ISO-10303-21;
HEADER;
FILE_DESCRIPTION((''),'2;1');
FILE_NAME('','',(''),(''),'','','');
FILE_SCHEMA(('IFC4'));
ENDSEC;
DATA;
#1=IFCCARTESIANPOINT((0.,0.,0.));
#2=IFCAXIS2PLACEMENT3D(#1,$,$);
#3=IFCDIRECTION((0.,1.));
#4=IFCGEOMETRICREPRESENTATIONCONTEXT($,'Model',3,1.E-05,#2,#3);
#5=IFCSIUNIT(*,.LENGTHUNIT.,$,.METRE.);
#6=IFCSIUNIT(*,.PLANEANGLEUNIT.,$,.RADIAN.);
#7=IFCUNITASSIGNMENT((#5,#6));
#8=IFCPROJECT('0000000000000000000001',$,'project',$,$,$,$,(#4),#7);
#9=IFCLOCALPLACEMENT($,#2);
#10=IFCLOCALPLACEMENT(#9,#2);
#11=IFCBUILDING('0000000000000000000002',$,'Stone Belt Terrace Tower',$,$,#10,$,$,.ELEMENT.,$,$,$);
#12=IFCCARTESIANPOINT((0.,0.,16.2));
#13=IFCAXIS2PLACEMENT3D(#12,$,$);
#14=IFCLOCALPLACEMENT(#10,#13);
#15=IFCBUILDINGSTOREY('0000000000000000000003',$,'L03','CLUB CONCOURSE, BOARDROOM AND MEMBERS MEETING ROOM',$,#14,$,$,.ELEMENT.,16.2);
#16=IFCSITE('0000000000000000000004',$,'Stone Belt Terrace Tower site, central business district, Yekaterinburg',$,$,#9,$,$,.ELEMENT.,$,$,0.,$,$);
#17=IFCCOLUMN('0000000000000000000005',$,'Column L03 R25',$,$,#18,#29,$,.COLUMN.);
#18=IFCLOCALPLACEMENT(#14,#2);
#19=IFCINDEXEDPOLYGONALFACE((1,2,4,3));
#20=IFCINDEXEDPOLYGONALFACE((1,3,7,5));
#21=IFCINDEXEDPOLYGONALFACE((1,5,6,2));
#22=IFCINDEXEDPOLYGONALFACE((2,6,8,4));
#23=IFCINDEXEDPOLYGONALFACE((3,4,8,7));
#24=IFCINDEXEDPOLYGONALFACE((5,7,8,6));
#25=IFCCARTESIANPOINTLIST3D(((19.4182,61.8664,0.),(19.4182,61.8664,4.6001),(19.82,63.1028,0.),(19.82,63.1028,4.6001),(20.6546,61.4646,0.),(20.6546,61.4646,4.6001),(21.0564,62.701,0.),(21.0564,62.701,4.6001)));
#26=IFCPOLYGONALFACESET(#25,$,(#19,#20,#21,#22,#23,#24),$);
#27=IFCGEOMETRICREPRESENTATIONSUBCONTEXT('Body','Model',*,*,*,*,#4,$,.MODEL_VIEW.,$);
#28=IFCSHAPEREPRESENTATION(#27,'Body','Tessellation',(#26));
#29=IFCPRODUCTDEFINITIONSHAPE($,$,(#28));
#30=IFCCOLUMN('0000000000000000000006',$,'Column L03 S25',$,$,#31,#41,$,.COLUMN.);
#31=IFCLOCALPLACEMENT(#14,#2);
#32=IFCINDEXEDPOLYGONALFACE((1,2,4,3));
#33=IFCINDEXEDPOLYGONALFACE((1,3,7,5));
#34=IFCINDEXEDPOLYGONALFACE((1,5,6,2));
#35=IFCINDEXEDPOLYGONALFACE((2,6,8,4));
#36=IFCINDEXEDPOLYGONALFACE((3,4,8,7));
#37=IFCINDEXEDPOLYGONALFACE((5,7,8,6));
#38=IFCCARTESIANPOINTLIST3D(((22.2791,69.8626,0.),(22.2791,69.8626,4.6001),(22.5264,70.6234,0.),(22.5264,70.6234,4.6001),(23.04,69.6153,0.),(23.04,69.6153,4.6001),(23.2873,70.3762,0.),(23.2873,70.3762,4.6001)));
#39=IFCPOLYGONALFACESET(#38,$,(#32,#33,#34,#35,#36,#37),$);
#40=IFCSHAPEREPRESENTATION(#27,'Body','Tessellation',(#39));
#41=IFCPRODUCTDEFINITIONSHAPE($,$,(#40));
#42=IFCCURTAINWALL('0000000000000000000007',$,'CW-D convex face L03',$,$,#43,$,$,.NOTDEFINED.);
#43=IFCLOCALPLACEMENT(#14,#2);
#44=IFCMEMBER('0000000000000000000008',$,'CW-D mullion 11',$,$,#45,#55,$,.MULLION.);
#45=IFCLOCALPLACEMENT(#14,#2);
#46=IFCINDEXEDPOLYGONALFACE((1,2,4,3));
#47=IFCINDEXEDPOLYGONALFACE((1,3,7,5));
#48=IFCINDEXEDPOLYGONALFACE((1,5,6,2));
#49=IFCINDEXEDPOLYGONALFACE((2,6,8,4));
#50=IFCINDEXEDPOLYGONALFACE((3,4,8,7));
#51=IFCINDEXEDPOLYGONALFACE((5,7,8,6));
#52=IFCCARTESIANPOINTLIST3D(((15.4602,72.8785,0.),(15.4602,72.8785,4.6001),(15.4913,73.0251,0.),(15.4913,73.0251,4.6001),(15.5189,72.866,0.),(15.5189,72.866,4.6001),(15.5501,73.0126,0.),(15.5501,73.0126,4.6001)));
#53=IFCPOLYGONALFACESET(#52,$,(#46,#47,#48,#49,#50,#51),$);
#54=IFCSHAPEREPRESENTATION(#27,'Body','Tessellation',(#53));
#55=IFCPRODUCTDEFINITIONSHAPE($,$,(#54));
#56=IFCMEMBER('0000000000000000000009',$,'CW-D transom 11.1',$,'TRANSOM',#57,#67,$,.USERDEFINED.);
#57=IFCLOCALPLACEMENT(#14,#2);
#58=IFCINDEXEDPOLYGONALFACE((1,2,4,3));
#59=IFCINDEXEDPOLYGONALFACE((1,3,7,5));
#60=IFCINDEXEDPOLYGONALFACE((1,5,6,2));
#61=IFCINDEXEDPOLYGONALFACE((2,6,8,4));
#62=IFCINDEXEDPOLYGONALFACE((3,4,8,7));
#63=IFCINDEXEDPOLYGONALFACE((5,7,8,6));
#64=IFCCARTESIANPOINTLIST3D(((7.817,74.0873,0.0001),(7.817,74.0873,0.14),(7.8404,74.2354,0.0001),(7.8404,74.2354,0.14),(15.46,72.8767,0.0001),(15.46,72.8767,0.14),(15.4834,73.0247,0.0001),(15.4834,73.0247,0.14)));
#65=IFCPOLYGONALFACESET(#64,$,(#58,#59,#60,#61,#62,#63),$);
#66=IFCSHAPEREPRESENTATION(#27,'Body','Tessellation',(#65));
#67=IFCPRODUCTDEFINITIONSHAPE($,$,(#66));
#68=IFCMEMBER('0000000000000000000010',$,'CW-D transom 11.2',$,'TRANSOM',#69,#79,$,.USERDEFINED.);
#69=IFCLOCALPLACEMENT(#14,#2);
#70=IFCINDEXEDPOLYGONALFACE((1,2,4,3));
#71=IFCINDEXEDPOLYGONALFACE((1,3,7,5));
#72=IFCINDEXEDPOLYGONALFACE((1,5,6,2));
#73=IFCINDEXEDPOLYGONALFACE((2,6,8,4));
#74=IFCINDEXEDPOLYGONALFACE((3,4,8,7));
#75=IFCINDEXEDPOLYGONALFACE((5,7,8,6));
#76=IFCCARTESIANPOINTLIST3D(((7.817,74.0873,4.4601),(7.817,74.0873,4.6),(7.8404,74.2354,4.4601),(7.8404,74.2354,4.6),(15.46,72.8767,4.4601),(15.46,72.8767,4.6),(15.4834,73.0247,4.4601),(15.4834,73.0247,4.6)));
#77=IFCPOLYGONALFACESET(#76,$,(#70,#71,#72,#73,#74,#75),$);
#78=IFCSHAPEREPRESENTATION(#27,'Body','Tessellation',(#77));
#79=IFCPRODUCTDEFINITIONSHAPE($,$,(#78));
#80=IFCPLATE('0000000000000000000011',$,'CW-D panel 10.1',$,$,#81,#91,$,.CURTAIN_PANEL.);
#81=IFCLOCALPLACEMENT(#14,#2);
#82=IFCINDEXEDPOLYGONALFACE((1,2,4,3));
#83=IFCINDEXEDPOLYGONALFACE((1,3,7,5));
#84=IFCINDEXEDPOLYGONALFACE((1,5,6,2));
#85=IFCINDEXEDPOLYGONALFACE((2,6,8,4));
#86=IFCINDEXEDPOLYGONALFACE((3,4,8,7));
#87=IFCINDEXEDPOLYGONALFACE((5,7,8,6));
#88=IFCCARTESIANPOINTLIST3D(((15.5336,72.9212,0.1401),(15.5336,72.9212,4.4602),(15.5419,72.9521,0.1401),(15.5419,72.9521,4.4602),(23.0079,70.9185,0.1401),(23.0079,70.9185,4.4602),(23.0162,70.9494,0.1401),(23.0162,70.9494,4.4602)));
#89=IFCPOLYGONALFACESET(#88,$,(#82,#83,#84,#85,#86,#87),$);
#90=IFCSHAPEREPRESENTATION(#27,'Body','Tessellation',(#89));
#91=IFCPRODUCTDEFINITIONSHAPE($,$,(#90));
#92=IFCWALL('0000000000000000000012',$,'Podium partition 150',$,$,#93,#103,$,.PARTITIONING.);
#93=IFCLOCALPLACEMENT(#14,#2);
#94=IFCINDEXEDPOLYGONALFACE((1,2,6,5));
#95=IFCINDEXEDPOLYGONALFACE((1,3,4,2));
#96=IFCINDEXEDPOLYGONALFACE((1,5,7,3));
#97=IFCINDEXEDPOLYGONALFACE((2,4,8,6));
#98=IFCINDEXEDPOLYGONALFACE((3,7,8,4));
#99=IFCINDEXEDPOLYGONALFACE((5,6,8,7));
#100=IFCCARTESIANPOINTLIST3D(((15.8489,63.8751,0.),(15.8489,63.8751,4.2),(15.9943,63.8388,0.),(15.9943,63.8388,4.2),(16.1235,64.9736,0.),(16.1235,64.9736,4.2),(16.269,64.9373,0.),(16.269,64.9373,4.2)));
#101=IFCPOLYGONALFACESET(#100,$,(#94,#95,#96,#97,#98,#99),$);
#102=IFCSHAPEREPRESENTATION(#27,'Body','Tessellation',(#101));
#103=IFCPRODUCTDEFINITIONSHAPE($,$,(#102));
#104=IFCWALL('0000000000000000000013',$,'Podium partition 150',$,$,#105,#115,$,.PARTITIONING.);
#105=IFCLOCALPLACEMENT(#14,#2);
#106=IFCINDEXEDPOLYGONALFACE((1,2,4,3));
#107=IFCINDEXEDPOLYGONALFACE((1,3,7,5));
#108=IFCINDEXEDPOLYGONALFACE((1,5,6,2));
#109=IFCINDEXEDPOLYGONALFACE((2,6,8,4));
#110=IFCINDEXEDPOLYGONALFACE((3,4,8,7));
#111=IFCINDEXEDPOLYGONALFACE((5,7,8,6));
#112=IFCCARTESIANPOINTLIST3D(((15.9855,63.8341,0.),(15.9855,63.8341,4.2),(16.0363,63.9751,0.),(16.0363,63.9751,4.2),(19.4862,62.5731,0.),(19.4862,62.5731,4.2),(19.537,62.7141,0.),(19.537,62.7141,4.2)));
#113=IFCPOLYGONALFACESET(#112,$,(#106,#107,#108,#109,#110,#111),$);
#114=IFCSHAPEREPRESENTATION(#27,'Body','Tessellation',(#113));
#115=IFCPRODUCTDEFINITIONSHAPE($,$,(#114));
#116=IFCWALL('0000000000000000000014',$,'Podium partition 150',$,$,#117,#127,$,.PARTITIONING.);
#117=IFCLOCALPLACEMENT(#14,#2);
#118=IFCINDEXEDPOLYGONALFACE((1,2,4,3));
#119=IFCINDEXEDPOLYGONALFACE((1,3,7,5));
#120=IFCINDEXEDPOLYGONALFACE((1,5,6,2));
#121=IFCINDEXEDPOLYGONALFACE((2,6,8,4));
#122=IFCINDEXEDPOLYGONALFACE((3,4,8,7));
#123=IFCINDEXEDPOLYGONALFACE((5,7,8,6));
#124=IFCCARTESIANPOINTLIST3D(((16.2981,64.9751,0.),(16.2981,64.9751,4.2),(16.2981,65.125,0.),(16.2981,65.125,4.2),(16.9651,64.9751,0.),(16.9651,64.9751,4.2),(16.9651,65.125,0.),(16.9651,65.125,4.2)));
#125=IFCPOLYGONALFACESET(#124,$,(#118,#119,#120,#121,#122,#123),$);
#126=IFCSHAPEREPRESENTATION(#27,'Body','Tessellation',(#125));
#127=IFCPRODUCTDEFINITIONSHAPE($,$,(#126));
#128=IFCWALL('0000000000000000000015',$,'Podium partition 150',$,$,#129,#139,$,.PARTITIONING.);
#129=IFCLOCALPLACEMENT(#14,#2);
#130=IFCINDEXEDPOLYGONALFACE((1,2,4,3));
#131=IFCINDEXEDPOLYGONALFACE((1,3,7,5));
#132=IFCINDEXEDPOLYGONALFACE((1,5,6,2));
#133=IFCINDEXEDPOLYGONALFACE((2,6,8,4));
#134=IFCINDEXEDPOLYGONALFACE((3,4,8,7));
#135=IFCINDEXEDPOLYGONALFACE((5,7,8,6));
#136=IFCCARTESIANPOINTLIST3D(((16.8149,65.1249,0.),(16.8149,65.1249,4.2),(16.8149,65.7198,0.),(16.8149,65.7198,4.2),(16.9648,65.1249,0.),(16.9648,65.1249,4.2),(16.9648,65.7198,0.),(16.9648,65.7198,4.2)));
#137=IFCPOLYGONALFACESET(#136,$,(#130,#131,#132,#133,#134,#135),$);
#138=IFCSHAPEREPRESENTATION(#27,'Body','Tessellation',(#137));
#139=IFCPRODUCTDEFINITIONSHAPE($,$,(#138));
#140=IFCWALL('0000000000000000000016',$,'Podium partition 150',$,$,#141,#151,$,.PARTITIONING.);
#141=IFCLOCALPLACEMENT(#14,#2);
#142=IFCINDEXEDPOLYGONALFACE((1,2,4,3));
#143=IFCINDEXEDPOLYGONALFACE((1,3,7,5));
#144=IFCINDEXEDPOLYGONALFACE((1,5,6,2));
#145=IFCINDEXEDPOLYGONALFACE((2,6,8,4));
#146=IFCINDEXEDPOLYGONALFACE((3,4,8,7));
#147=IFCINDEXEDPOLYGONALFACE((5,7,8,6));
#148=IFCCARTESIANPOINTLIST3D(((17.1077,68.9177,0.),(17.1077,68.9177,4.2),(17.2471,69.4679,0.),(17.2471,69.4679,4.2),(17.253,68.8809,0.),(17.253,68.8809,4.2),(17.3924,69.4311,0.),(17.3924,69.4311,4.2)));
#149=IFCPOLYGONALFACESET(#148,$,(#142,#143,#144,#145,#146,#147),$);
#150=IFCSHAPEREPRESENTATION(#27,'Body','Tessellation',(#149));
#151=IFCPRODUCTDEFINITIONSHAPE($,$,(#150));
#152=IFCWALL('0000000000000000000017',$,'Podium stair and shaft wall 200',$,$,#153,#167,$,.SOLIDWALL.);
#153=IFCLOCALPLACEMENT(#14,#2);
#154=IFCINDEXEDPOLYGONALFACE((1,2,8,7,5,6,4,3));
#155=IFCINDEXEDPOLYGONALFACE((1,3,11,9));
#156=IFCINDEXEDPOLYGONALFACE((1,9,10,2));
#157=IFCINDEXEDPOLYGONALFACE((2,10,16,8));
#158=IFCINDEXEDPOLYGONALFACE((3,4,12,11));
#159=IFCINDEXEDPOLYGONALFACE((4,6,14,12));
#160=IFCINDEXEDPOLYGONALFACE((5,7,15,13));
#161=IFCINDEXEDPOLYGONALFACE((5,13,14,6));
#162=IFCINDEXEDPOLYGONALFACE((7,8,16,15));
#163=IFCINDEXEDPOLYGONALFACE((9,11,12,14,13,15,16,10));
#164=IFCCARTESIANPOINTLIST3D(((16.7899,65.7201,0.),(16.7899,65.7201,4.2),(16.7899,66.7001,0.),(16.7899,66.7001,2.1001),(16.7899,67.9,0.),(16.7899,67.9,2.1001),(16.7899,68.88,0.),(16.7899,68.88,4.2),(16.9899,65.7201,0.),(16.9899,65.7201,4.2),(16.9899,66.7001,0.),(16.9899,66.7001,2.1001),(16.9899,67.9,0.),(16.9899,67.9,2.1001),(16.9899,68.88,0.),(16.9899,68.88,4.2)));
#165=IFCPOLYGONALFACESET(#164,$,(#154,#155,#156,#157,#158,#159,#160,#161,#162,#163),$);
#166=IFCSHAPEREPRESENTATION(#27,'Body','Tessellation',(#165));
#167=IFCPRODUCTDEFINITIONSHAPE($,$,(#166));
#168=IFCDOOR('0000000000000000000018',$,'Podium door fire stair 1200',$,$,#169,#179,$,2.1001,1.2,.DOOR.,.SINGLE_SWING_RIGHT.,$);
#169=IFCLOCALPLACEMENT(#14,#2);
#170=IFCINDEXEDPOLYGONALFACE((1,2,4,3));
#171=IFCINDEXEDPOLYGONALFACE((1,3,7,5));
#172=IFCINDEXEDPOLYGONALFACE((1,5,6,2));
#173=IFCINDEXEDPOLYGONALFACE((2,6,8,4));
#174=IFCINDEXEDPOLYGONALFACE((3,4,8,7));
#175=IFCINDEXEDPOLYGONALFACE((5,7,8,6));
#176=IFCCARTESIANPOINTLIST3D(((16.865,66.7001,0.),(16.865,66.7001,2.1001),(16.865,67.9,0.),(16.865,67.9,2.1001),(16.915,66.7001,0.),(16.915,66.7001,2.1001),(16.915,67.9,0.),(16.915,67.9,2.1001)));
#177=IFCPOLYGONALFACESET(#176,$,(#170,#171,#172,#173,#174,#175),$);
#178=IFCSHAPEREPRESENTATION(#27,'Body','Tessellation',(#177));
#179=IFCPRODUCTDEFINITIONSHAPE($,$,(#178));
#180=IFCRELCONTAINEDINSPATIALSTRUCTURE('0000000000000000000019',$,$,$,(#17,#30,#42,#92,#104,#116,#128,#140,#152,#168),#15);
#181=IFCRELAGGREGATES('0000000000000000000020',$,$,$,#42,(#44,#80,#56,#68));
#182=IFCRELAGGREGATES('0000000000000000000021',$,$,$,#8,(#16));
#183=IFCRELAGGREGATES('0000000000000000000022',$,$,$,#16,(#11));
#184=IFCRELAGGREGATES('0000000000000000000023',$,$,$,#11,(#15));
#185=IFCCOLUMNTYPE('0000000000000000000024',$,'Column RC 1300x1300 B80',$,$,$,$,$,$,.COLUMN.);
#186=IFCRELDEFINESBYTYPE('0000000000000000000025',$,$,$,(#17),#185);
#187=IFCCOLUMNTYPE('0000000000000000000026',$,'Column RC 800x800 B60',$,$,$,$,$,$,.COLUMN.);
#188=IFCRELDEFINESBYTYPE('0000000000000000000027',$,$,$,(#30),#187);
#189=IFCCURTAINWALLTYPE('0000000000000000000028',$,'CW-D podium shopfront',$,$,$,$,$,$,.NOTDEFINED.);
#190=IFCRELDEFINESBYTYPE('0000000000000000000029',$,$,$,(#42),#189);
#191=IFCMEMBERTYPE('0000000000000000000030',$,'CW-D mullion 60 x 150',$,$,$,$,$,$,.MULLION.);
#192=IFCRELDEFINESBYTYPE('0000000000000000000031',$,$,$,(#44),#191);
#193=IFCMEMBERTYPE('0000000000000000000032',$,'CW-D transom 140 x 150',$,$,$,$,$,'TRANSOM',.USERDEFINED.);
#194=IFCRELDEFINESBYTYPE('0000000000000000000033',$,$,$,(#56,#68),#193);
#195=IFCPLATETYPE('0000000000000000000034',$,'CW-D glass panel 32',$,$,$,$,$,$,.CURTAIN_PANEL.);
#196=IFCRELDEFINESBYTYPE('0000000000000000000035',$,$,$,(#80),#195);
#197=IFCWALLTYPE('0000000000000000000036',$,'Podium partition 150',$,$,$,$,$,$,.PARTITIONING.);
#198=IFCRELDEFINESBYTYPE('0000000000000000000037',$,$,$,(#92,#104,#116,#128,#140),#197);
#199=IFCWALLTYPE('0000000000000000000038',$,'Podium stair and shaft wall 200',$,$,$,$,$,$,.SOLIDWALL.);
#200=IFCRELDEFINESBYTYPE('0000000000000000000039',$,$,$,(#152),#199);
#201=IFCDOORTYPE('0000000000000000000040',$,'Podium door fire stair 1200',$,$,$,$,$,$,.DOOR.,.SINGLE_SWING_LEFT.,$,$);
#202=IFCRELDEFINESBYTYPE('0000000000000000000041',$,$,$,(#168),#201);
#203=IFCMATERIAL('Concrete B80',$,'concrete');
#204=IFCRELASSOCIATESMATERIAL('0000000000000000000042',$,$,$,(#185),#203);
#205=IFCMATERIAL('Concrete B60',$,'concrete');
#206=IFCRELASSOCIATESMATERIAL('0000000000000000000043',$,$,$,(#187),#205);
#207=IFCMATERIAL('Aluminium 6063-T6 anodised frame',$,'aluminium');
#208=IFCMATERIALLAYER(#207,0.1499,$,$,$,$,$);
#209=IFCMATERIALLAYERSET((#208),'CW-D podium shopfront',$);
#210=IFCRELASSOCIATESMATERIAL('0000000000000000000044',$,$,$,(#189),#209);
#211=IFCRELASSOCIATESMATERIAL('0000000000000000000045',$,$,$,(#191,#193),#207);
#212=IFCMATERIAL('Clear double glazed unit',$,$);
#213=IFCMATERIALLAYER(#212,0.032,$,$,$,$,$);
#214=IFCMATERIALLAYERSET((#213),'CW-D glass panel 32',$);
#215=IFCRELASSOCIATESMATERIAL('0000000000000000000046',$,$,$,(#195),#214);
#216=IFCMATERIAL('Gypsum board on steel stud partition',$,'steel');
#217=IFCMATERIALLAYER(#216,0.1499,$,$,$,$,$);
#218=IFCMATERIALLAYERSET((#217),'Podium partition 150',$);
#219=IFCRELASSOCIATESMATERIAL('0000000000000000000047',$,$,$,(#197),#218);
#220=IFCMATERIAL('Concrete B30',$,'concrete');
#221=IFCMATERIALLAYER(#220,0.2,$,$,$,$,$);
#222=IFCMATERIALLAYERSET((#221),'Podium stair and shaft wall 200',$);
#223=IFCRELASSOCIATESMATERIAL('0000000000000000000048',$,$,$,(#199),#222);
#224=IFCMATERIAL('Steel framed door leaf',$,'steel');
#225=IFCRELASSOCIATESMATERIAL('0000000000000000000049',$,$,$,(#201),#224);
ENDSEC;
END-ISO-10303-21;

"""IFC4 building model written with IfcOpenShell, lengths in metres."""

from ifc_helpers import new_model, si_unit, direction, frame, frame_2d, origin, origin_2d, place, context, subcontext, project, spatial, rectangle, extrude, material, layer, layer_set, material_profile, profile_set, type_object, element, fill, aggregate, save


model = new_model("IFC4")

# Units and contexts
model_context = context("Model", 3, precision=1e-05, world=origin(), true_north=direction((0.0, 1.0)))
body_context = subcontext(model_context, "Body", "Model", "MODEL_VIEW")
ifc_project = project(units=[si_unit("LENGTHUNIT", "METRE"), si_unit("PLANEANGLEUNIT", "RADIAN")], contexts=[model_context])

# Site, building, storey
site_placement = place(None, origin())
site = spatial("IfcSite", under=ifc_project, at=site_placement, Name="Stone Belt Terrace Tower site, central business district, Yekaterinburg", CompositionType="ELEMENT", RefElevation=0.0)
building_placement = place(site_placement, origin())
building = spatial("IfcBuilding", under=site, at=building_placement, Name="Stone Belt Terrace Tower", CompositionType="ELEMENT")
storey_placement = place(building_placement, frame((0.0, 0.0, 16.2)))
storey = spatial("IfcBuildingStorey", under=building, at=storey_placement, Name="L03", Description="CLUB CONCOURSE, BOARDROOM AND MEMBERS MEETING ROOM", CompositionType="ELEMENT", Elevation=16.2)

# Columns
ifc_material_1 = material(Name="Concrete B80", Category="concrete")
ifc_material_profile_1 = material_profile(ifc_material_1, rectangle(XDim=1.3, YDim=1.3, at=origin_2d()), Name="RC 1300x1300")
ifc_profile_set_1 = profile_set([ifc_material_profile_1], Name="Concrete B80")
column_type_1 = type_object("IfcColumnType", Name="Column RC 1300x1300 B80", PredefinedType="COLUMN", material=ifc_profile_set_1)
column_1_placement = place(storey_placement, frame((20.2373, 62.2837, 0.0), z_axis=(0.0, 0.0, 1.0), x_axis=(0.951057, -0.309017, 0.0)))
element("IfcColumn", 1, at=column_1_placement, inside=storey, type_object=column_type_1, Name="Column L03 R25", PredefinedType="COLUMN", context=body_context, shape_type="SweptSolid", body=[
    extrude(rectangle(XDim=1.3, YDim=1.3, at=origin_2d()), origin(), (0.0, 0.0, 1.0), 4.6001),
])
ifc_material_2 = material(Name="Concrete B60", Category="concrete")
ifc_material_profile_2 = material_profile(ifc_material_2, rectangle(XDim=0.8, YDim=0.8, at=origin_2d()), Name="RC 800x800")
ifc_profile_set_2 = profile_set([ifc_material_profile_2], Name="Concrete B60")
column_type_2 = type_object("IfcColumnType", Name="Column RC 800x800 B60", PredefinedType="COLUMN", material=ifc_profile_set_2)
column_2_placement = place(storey_placement, frame((22.7832, 70.1194, 0.0), z_axis=(0.0, 0.0, 1.0), x_axis=(0.951057, -0.309017, 0.0)))
element("IfcColumn", 2, at=column_2_placement, inside=storey, type_object=column_type_2, Name="Column L03 S25", PredefinedType="COLUMN", context=body_context, shape_type="SweptSolid", body=[
    extrude(rectangle(XDim=0.8, YDim=0.8, at=origin_2d()), origin(), (0.0, 0.0, 1.0), 4.6001),
])

# Curtain wall, members, plate
ifc_material_3 = material(Name="Aluminium 6063-T6 anodised frame", Category="aluminium")
ifc_layer_1 = layer(ifc_material_3, 0.1499)
ifc_layer_set_1 = layer_set([ifc_layer_1], Name="CW-D podium shopfront")
curtain_wall_type = type_object("IfcCurtainWallType", Name="CW-D podium shopfront", PredefinedType="NOTDEFINED", material=ifc_layer_set_1)
curtain_wall_placement = place(storey_placement, origin())
curtain_wall = element("IfcCurtainWall", 3, at=curtain_wall_placement, inside=storey, type_object=curtain_wall_type, Name="CW-D convex face L03", PredefinedType="NOTDEFINED")
ifc_material_profile_3 = material_profile(ifc_material_3, rectangle(XDim=0.1499, YDim=0.0601, at=origin_2d()), Name="Aluminium 6063-T6 60x150")
ifc_profile_set_3 = profile_set([ifc_material_profile_3], Name="Aluminium 6063-T6 anodised frame")
member_type_1 = type_object("IfcMemberType", Name="CW-D mullion 60 x 150", PredefinedType="MULLION", material=ifc_profile_set_3)
member_1_placement = place(storey_placement, frame((15.5051, 72.9456, 0.0), z_axis=(0.0, 0.0, 1.0), x_axis=(-0.207912, -0.978148, 0.0)))
member_1 = element("IfcMember", 4, at=member_1_placement, type_object=member_type_1, Name="CW-D mullion 11", PredefinedType="MULLION", context=body_context, shape_type="SweptSolid", body=[
    extrude(rectangle(XDim=0.1499, YDim=0.0601, at=origin_2d()), origin(), (0.0, 0.0, 1.0), 4.6001),
])
ifc_material_profile_4 = material_profile(ifc_material_3, rectangle(XDim=0.1499, YDim=0.1399, at=origin_2d()), Name="Aluminium 6063-T6 150x140")
ifc_profile_set_4 = profile_set([ifc_material_profile_4], Name="Aluminium 6063-T6 anodised frame")
member_type_2 = type_object("IfcMemberType", Name="CW-D transom 140 x 150", ElementType="TRANSOM", PredefinedType="USERDEFINED", material=ifc_profile_set_4)
member_2_placement = place(storey_placement, frame((15.4717, 72.9507, 0.0701), z_axis=(-0.987685, 0.156453, 0.0), x_axis=(-0.156453, -0.987685, 0.0)))
member_2 = element("IfcMember", 5, at=member_2_placement, type_object=member_type_2, Name="CW-D transom 11.1", ObjectType="TRANSOM", PredefinedType="USERDEFINED", context=body_context, shape_type="SweptSolid", body=[
    extrude(rectangle(XDim=0.1499, YDim=0.1399, at=origin_2d()), origin(), (0.0, 0.0, 1.0), 7.7383),
])
member_3_placement = place(storey_placement, frame((15.4717, 72.9507, 4.53), z_axis=(-0.987685, 0.156453, 0.0), x_axis=(-0.156453, -0.987685, 0.0)))
member_3 = element("IfcMember", 6, at=member_3_placement, type_object=member_type_2, Name="CW-D transom 11.2", ObjectType="TRANSOM", PredefinedType="USERDEFINED", context=body_context, shape_type="SweptSolid", body=[
    extrude(rectangle(XDim=0.1499, YDim=0.1399, at=origin_2d()), origin(), (0.0, 0.0, 1.0), 7.7383),
])
ifc_material_4 = material(Name="Clear double glazed unit")
ifc_layer_2 = layer(ifc_material_4, 0.032)
ifc_layer_set_2 = layer_set([ifc_layer_2], Name="CW-D glass panel 32")
plate_type = type_object("IfcPlateType", Name="CW-D glass panel 32", PredefinedType="CURTAIN_PANEL", material=ifc_layer_set_2)
plate_placement = place(storey_placement, frame((19.2749, 71.9353, 0.1401), z_axis=(0.0, 0.0, 1.0), x_axis=(-0.965926, 0.258819, 0.0)))
plate = element("IfcPlate", 7, at=plate_placement, type_object=plate_type, Name="CW-D panel 10.1", PredefinedType="CURTAIN_PANEL", context=body_context, shape_type="SweptSolid", body=[
    extrude(rectangle(XDim=7.738, YDim=0.032, at=origin_2d()), origin(), (0.0, 0.0, 1.0), 4.3201),
])
aggregate(curtain_wall, [member_1, plate, member_2, member_3])

# Walls
ifc_material_5 = material(Name="Gypsum board on steel stud partition", Category="steel")
ifc_layer_3 = layer(ifc_material_5, 0.1499)
ifc_layer_set_3 = layer_set([ifc_layer_3], Name="Podium partition 150")
wall_type_1 = type_object("IfcWallType", Name="Podium partition 150", PredefinedType="PARTITIONING", material=ifc_layer_set_3)
wall_1_placement = place(storey_placement, frame((15.9216, 63.8569, 0.0), z_axis=(0.0, 0.0, 1.0), x_axis=(0.242536, 0.970143, 0.0)))
element("IfcWall", 8, at=wall_1_placement, inside=storey, type_object=wall_type_1, Name="Podium partition 150", PredefinedType="PARTITIONING", context=body_context, shape_type="SweptSolid", body=[
    extrude(rectangle(XDim=1.1323, YDim=0.1499, at=frame_2d((0.5662, 0.0))), origin(), (0.0, 0.0, 1.0), 4.2),
])
wall_2_placement = place(storey_placement, frame((16.011, 63.9045, 0.0), z_axis=(0.0, 0.0, 1.0), x_axis=(0.940826, -0.338891, 0.0)))
element("IfcWall", 9, at=wall_2_placement, inside=storey, type_object=wall_type_1, Name="Podium partition 150", PredefinedType="PARTITIONING", context=body_context, shape_type="SweptSolid", body=[
    extrude(rectangle(XDim=3.7209, YDim=0.1499, at=frame_2d((1.8604, 0.0))), origin(), (0.0, 0.0, 1.0), 4.2),
])
wall_3_placement = place(storey_placement, frame((16.2981, 65.05, 0.0), z_axis=(0.0, 0.0, 1.0), x_axis=(1.0, 0.0, 0.0)))
element("IfcWall", 10, at=wall_3_placement, inside=storey, type_object=wall_type_1, Name="Podium partition 150", PredefinedType="PARTITIONING", context=body_context, shape_type="SweptSolid", body=[
    extrude(rectangle(XDim=0.667, YDim=0.1499, at=frame_2d((0.3335, 0.0))), origin(), (0.0, 0.0, 1.0), 4.2),
])
wall_4_placement = place(storey_placement, frame((16.8899, 65.125, 0.0), z_axis=(0.0, 0.0, 1.0), x_axis=(0.0, 1.0, 0.0)))
element("IfcWall", 11, at=wall_4_placement, inside=storey, type_object=wall_type_1, Name="Podium partition 150", PredefinedType="PARTITIONING", context=body_context, shape_type="SweptSolid", body=[
    extrude(rectangle(XDim=0.595, YDim=0.1499, at=frame_2d((0.2974, 0.0))), origin(), (0.0, 0.0, 1.0), 4.2),
])
wall_5_placement = place(storey_placement, frame((17.1804, 68.8994, 0.0), z_axis=(0.0, 0.0, 1.0), x_axis=(0.24557, 0.969379, 0.0)))
element("IfcWall", 12, at=wall_5_placement, inside=storey, type_object=wall_type_1, Name="Podium partition 150", PredefinedType="PARTITIONING", context=body_context, shape_type="SweptSolid", body=[
    extrude(rectangle(XDim=0.5676, YDim=0.1499, at=frame_2d((0.2837, 0.0))), origin(), (0.0, 0.0, 1.0), 4.2),
])

# Wall, opening, door
ifc_material_6 = material(Name="Concrete B30", Category="concrete")
ifc_layer_4 = layer(ifc_material_6, 0.2)
ifc_layer_set_4 = layer_set([ifc_layer_4], Name="Podium stair and shaft wall 200")
wall_type_2 = type_object("IfcWallType", Name="Podium stair and shaft wall 200", PredefinedType="SOLIDWALL", material=ifc_layer_set_4)
wall_6_placement = place(storey_placement, frame((16.8899, 65.72, 0.0), z_axis=(0.0, 0.0, 1.0), x_axis=(0.0, 1.0, 0.0)))
wall_6 = element("IfcWall", 13, at=wall_6_placement, inside=storey, type_object=wall_type_2, Name="Podium stair and shaft wall 200", PredefinedType="SOLIDWALL", context=body_context, shape_type="SweptSolid", body=[
    extrude(rectangle(XDim=3.1599, YDim=0.2, at=frame_2d((1.5801, 0.0))), origin(), (0.0, 0.0, 1.0), 4.2),
])
opening_placement = place(wall_6_placement, frame((0.98, 0.0, 0.0)))
opening = element("IfcOpeningElement", 14, at=opening_placement, cuts=wall_6, PredefinedType="OPENING", context=body_context, shape_type="SweptSolid", body=[
    extrude(rectangle(XDim=1.2, YDim=2.1001, at=frame_2d((0.6001, 1.05))), frame((0.0, 0.1099, 0.0), z_axis=(0.0, -1.0, 0.0), x_axis=(1.0, 0.0, 0.0)), (0.0, 0.0, 1.0), 0.22),
])
ifc_material_7 = material(Name="Steel framed door leaf", Category="steel")
door_type = type_object("IfcDoorType", Name="Podium door fire stair 1200", OperationType="SINGLE_SWING_LEFT", PredefinedType="DOOR", material=ifc_material_7)
door_placement = place(opening_placement, origin())
door = element("IfcDoor", 15, at=door_placement, inside=storey, type_object=door_type, Name="Podium door fire stair 1200", OperationType="SINGLE_SWING_RIGHT", OverallHeight=2.1001, OverallWidth=1.2, PredefinedType="DOOR", context=body_context, shape_type="SweptSolid", body=[
    extrude(rectangle(XDim=1.2, YDim=2.1001, at=frame_2d((0.6001, 1.05))), frame((0.0, 0.0249, 0.0), z_axis=(0.0, -1.0, 0.0), x_axis=(1.0, 0.0, 0.0)), (0.0, 0.0, 1.0), 0.05),
])
fill(opening, door)

save(model, "model.ifc")
